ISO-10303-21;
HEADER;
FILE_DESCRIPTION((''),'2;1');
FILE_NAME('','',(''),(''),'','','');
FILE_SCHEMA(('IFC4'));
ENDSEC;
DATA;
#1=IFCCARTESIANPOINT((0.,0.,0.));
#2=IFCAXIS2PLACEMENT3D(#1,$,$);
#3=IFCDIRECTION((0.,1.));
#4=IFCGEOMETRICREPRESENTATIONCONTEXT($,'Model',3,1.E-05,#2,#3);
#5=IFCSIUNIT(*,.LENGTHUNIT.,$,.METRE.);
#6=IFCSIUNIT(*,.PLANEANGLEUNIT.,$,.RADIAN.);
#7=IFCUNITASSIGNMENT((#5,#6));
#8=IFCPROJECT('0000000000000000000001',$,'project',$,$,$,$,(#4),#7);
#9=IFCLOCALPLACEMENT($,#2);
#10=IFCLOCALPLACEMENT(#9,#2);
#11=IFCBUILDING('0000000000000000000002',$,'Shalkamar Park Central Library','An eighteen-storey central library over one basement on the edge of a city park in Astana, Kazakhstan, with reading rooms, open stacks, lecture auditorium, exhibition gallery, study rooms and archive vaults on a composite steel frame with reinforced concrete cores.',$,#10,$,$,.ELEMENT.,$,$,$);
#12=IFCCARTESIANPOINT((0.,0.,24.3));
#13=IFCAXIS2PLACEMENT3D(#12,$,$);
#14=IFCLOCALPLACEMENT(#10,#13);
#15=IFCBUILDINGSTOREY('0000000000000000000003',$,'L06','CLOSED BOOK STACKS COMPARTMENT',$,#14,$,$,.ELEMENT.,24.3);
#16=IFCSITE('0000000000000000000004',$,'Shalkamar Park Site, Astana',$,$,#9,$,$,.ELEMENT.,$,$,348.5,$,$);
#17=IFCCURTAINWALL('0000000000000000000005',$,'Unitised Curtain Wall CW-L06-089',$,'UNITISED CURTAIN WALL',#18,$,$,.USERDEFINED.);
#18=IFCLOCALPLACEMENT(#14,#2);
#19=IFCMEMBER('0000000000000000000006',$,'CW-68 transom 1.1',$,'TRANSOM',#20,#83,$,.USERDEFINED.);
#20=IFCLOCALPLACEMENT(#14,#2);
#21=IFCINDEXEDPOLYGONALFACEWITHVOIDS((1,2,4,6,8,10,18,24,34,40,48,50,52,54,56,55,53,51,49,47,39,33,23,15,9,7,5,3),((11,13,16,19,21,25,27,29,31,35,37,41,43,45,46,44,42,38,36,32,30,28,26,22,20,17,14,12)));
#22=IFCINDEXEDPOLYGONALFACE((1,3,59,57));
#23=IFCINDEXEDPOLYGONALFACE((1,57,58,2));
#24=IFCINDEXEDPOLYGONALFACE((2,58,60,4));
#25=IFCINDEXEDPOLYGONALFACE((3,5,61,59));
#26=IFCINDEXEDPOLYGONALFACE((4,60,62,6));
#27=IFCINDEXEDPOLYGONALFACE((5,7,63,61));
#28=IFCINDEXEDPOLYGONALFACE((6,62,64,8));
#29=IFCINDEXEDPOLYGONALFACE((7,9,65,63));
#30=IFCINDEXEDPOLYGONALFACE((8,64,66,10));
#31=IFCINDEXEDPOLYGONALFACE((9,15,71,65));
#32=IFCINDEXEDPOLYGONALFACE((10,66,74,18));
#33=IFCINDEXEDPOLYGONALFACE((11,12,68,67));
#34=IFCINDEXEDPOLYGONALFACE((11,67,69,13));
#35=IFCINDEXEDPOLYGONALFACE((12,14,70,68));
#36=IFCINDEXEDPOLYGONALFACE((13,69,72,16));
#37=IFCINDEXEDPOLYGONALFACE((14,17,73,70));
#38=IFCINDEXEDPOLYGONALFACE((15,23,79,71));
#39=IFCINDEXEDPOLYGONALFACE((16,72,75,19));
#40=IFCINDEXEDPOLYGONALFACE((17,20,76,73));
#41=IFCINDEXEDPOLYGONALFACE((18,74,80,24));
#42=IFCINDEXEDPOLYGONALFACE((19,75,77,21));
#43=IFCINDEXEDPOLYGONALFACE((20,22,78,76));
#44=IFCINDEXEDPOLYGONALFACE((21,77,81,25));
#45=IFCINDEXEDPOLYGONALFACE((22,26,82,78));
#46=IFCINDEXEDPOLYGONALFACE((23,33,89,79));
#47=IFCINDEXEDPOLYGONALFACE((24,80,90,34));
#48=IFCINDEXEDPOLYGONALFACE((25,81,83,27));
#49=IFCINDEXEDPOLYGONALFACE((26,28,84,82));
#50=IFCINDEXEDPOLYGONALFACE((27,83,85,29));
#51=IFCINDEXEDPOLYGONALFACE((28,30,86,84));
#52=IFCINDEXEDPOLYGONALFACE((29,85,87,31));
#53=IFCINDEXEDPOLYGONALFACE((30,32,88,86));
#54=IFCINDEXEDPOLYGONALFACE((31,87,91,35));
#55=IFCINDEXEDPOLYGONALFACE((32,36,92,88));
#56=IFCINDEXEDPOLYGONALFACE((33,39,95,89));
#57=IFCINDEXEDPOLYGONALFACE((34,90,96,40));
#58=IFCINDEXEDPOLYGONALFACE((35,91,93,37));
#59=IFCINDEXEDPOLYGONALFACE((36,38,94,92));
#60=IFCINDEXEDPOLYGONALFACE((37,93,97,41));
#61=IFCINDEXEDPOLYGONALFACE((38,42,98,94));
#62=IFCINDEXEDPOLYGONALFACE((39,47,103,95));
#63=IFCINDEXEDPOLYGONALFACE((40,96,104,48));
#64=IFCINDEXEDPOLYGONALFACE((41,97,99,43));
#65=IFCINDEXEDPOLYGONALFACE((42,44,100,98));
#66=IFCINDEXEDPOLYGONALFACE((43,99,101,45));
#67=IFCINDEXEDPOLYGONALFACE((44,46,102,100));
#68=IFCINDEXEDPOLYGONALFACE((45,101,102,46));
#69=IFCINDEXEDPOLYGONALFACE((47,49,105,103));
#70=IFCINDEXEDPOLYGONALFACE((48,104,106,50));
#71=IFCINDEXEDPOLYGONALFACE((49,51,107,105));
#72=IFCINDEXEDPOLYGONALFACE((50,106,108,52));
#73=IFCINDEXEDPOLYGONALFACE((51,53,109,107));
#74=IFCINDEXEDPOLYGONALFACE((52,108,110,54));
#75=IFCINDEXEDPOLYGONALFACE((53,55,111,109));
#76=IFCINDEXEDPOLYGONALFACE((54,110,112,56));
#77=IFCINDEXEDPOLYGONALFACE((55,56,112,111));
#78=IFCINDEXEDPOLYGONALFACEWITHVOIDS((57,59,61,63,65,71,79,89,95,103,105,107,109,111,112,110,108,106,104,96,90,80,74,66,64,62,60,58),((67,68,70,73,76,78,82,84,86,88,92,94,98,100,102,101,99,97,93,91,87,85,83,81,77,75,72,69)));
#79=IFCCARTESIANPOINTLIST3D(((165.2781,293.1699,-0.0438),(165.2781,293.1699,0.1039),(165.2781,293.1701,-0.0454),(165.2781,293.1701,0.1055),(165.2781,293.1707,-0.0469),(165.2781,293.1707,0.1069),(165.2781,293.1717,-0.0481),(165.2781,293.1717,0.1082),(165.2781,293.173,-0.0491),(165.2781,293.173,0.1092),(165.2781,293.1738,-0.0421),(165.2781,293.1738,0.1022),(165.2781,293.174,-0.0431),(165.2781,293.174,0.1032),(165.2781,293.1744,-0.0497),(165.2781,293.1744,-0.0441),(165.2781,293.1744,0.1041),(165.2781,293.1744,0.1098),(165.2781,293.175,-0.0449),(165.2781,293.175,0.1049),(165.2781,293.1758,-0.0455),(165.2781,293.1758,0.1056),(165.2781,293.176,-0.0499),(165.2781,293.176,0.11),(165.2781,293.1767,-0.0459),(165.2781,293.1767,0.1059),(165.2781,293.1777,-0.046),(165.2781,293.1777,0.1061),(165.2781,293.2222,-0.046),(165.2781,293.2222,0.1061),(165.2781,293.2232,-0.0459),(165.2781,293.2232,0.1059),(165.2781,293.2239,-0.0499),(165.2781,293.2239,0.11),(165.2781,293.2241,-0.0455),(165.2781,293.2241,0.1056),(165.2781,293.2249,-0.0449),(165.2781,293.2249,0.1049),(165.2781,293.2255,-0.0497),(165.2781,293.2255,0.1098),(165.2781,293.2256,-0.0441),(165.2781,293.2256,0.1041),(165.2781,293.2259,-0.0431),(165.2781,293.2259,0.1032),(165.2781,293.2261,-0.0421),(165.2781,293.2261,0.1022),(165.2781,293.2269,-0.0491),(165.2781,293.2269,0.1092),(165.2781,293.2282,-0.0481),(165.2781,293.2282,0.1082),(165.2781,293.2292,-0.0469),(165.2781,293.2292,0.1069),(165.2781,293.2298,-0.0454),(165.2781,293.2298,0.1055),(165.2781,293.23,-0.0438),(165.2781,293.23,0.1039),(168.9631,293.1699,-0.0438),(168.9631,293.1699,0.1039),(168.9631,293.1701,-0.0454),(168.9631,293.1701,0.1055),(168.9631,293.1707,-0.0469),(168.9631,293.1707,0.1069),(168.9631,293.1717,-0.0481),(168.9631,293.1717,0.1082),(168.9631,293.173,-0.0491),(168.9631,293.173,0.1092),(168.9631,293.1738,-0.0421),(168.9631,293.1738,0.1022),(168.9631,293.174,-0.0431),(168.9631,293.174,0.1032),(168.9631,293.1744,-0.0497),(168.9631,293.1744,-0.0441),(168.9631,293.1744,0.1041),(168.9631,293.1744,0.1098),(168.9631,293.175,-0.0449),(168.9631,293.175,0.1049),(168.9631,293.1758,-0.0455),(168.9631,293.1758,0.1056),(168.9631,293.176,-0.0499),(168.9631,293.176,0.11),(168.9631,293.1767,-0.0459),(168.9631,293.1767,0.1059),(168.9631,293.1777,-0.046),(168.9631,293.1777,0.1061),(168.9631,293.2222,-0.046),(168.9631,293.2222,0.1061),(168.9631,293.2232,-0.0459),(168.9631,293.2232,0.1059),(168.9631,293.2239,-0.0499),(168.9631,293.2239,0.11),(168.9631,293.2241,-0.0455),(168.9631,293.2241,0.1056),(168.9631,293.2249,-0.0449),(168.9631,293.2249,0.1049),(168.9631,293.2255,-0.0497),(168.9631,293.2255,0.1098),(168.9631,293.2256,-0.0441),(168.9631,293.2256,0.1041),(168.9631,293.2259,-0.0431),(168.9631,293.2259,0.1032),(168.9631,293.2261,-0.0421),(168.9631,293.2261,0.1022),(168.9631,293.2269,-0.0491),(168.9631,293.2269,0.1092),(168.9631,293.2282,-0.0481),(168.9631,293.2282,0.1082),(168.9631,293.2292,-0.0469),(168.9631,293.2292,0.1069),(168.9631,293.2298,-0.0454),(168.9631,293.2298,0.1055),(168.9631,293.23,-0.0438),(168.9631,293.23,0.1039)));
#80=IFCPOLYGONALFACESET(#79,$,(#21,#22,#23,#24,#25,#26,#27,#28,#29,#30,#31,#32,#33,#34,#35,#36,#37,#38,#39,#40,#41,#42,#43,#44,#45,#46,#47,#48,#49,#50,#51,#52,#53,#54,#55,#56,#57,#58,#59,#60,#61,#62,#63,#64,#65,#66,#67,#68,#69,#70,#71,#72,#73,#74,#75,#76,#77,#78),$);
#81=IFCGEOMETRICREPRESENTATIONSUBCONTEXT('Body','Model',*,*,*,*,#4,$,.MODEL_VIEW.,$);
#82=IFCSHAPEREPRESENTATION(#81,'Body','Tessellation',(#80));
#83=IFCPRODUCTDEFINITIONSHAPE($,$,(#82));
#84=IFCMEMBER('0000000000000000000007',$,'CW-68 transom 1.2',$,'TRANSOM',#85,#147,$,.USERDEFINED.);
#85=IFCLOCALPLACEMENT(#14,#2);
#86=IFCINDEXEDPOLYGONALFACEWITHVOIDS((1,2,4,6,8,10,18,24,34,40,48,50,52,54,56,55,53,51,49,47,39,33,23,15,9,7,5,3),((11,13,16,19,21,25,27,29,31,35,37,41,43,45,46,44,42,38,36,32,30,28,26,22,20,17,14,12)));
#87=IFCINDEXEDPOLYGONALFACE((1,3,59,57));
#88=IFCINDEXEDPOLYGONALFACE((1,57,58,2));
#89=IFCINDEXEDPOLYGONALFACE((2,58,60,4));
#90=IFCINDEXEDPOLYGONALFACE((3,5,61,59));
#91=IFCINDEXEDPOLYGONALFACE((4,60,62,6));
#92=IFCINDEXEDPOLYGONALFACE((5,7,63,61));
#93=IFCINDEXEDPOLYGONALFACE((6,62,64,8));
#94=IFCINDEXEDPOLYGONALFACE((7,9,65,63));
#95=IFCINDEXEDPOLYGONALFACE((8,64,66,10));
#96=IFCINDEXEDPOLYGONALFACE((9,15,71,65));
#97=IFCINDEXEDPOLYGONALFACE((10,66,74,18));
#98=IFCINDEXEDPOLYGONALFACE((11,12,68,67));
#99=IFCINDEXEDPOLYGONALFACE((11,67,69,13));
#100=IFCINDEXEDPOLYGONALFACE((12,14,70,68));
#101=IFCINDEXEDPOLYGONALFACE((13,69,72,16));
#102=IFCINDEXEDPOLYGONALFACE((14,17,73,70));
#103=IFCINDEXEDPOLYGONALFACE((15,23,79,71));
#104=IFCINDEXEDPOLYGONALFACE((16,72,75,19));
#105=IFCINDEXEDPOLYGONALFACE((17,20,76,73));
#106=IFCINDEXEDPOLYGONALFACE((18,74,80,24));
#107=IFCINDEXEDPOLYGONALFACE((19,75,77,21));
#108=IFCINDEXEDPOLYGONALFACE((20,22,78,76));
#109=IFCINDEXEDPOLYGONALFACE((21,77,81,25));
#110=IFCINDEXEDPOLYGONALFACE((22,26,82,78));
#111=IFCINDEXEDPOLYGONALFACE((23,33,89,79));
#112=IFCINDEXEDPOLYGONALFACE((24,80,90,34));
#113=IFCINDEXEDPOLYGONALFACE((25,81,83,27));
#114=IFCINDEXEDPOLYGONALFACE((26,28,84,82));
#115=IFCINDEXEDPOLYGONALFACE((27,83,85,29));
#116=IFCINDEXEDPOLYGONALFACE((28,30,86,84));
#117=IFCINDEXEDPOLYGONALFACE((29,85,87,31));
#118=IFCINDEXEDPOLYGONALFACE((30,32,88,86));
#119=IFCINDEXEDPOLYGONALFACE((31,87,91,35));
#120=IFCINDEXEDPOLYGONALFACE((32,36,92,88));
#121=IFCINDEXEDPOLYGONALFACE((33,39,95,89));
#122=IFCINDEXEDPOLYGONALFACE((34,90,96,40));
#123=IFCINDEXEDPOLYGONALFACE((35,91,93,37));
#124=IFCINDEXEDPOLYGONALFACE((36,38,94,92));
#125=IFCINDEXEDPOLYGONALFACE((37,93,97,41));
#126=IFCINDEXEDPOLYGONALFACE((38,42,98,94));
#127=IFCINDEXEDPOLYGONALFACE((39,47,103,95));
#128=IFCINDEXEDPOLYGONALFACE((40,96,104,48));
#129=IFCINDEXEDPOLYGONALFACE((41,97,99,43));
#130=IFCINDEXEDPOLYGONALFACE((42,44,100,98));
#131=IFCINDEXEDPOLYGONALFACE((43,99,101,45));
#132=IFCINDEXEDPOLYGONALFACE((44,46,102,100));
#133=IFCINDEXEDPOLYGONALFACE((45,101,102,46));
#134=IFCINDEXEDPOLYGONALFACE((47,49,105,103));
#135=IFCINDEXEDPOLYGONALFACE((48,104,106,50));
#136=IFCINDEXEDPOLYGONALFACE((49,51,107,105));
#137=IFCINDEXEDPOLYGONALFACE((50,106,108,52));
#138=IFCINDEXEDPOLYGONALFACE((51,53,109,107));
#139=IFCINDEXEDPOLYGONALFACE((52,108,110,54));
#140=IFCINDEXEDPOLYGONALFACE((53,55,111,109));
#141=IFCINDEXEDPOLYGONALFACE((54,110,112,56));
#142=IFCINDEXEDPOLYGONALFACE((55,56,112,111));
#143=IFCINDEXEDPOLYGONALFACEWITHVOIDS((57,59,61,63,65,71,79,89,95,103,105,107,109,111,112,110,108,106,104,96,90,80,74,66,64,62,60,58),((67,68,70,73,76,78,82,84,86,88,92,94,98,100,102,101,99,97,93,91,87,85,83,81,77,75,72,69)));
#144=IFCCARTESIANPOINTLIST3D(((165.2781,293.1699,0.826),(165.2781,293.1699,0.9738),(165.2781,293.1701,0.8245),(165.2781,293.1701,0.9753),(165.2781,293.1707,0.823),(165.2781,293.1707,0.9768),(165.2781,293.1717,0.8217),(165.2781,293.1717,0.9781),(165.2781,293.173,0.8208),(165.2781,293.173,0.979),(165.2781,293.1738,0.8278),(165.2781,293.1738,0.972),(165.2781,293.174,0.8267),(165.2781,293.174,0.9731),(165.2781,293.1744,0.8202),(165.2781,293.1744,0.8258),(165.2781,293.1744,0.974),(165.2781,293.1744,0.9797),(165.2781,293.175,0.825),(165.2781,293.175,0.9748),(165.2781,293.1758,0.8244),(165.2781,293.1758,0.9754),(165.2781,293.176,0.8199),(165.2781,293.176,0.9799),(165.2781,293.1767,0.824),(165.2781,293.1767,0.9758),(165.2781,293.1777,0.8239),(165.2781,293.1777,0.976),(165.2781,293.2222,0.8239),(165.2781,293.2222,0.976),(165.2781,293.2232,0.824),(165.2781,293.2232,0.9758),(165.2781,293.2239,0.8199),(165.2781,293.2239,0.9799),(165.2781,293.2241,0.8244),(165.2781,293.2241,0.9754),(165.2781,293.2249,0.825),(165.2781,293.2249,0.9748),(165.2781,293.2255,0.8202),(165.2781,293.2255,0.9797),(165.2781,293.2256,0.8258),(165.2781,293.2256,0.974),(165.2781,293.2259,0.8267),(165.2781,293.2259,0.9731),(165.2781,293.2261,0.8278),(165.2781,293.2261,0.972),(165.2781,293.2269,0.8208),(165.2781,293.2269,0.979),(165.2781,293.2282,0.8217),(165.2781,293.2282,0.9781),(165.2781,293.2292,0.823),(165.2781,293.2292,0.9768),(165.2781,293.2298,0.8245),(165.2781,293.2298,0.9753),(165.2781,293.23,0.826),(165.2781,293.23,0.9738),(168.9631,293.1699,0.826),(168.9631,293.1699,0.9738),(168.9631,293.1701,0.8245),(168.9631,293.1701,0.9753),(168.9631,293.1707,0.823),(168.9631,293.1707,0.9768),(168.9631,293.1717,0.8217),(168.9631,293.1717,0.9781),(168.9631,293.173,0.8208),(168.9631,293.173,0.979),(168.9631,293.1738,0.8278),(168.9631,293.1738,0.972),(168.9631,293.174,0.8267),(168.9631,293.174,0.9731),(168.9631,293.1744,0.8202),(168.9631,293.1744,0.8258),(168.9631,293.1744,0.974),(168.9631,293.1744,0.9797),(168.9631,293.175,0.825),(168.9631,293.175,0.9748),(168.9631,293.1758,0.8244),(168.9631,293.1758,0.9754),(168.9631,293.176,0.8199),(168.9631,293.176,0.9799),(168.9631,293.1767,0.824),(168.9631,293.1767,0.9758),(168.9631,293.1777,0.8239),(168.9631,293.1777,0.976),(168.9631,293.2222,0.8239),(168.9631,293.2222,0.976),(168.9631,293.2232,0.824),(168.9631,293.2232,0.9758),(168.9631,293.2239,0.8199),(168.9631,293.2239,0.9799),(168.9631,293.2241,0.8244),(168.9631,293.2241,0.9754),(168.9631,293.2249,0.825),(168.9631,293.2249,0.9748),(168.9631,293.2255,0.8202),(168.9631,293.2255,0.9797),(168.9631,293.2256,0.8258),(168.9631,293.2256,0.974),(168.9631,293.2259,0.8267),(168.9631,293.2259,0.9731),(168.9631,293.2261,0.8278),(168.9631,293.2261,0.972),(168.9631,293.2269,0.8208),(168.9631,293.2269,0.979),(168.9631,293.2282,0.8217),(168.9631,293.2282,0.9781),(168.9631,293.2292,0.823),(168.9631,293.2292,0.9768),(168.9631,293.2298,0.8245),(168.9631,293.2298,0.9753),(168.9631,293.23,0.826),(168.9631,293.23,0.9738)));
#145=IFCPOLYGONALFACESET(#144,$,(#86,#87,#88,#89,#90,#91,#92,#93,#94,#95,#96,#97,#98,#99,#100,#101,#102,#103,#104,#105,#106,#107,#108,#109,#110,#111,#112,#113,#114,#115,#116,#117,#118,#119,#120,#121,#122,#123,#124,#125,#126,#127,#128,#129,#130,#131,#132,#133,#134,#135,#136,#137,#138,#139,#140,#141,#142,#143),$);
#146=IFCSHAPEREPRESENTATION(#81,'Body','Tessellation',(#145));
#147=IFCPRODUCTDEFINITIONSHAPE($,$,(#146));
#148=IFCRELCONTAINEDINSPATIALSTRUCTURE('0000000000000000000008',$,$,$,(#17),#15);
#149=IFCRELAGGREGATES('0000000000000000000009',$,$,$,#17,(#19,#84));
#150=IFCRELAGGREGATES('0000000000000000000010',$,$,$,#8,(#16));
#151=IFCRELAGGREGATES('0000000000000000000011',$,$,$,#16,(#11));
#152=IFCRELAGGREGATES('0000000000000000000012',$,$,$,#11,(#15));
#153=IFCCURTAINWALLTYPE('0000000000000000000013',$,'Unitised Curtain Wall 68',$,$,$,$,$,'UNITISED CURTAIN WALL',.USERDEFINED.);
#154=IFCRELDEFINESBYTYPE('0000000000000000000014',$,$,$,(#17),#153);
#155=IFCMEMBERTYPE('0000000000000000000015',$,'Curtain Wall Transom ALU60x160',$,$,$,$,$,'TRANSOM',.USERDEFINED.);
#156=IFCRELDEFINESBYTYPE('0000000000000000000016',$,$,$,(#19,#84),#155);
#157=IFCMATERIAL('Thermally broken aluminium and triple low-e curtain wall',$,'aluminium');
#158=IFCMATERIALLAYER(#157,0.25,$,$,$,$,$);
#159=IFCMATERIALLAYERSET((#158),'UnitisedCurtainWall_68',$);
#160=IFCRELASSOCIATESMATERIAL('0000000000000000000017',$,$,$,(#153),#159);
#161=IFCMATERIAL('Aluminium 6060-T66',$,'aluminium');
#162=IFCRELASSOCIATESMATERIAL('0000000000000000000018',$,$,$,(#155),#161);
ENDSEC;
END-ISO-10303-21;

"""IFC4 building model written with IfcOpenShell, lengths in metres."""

from ifc_helpers import new_model, si_unit, direction, frame, origin, origin_2d, place, context, subcontext, project, spatial, hollow_rectangle, extrude, material, layer, layer_set, material_profile, profile_set, type_object, element, aggregate, save


model = new_model("IFC4")

# Units and contexts
model_context = context("Model", 3, precision=1e-05, world=origin(), true_north=direction((0.0, 1.0)))
body_context = subcontext(model_context, "Body", "Model", "MODEL_VIEW")
ifc_project = project(units=[si_unit("LENGTHUNIT", "METRE"), si_unit("PLANEANGLEUNIT", "RADIAN")], contexts=[model_context])

# Site, building, storey
site_placement = place(None, origin())
site = spatial("IfcSite", under=ifc_project, at=site_placement, Name="Shalkamar Park Site, Astana", CompositionType="ELEMENT", RefElevation=348.5)
building_placement = place(site_placement, origin())
building = spatial("IfcBuilding", under=site, at=building_placement, Name="Shalkamar Park Central Library", Description="An eighteen-storey central library over one basement on the edge of a city park in Astana, Kazakhstan, with reading rooms, open stacks, lecture auditorium, exhibition gallery, study rooms and archive vaults on a composite steel frame with reinforced concrete cores.", CompositionType="ELEMENT")
storey_placement = place(building_placement, frame((0.0, 0.0, 24.3)))
storey = spatial("IfcBuildingStorey", under=building, at=storey_placement, Name="L06", Description="CLOSED BOOK STACKS COMPARTMENT", CompositionType="ELEMENT", Elevation=24.3)

# Curtain wall
ifc_material_1 = material(Name="Thermally broken aluminium and triple low-e curtain wall", Category="aluminium")
ifc_layer_1 = layer(ifc_material_1, 0.25)
ifc_layer_set_1 = layer_set([ifc_layer_1], Name="UnitisedCurtainWall_68")
curtain_wall_type_1 = type_object("IfcCurtainWallType", Name="Unitised Curtain Wall 68", ElementType="UNITISED CURTAIN WALL", PredefinedType="USERDEFINED", material=ifc_layer_set_1)
curtain_wall_1_placement = place(storey_placement, origin())
curtain_wall_1 = element("IfcCurtainWall", 1, at=curtain_wall_1_placement, inside=storey, type_object=curtain_wall_type_1, Name="Unitised Curtain Wall CW-L06-089", ObjectType="UNITISED CURTAIN WALL", PredefinedType="USERDEFINED")
ifc_material_2 = material(Name="Aluminium 6060-T66", Category="aluminium")

# Members
ifc_material_profile_1 = material_profile(ifc_material_2, hollow_rectangle(XDim=0.0601, YDim=0.1599, WallThickness=0.0039, InnerFilletRadius=0.0039, OuterFilletRadius=0.0061, at=origin_2d()), Name="ALU 60x160x4")
ifc_profile_set_1 = profile_set([ifc_material_profile_1], Name="Aluminium 6060-T66")
member_type_1 = type_object("IfcMemberType", Name="Curtain Wall Transom ALU60x160", ElementType="TRANSOM", PredefinedType="USERDEFINED", material=ifc_profile_set_1)
member_1_placement = place(storey_placement, frame((165.2781, 293.2, 0.03), z_axis=(1.0, 0.0, 0.0), x_axis=(0.0, 1.0, 0.0)))
member_1 = element("IfcMember", 2, at=member_1_placement, type_object=member_type_1, Name="CW-68 transom 1.1", ObjectType="TRANSOM", PredefinedType="USERDEFINED", context=body_context, shape_type="SweptSolid", body=[
    extrude(hollow_rectangle(XDim=0.0601, YDim=0.1599, WallThickness=0.0039, InnerFilletRadius=0.0039, OuterFilletRadius=0.0061, at=origin_2d()), origin(), (0.0, 0.0, 1.0), 3.6851),
])
member_2_placement = place(storey_placement, frame((165.2781, 293.2, 0.8999), z_axis=(1.0, 0.0, 0.0), x_axis=(0.0, 1.0, 0.0)))
member_2 = element("IfcMember", 3, at=member_2_placement, type_object=member_type_1, Name="CW-68 transom 1.2", ObjectType="TRANSOM", PredefinedType="USERDEFINED", context=body_context, shape_type="SweptSolid", body=[
    extrude(hollow_rectangle(XDim=0.0601, YDim=0.1599, WallThickness=0.0039, InnerFilletRadius=0.0039, OuterFilletRadius=0.0061, at=origin_2d()), origin(), (0.0, 0.0, 1.0), 3.6851),
])

aggregate(curtain_wall_1, [member_1, member_2])

save(model, "model.ifc")
